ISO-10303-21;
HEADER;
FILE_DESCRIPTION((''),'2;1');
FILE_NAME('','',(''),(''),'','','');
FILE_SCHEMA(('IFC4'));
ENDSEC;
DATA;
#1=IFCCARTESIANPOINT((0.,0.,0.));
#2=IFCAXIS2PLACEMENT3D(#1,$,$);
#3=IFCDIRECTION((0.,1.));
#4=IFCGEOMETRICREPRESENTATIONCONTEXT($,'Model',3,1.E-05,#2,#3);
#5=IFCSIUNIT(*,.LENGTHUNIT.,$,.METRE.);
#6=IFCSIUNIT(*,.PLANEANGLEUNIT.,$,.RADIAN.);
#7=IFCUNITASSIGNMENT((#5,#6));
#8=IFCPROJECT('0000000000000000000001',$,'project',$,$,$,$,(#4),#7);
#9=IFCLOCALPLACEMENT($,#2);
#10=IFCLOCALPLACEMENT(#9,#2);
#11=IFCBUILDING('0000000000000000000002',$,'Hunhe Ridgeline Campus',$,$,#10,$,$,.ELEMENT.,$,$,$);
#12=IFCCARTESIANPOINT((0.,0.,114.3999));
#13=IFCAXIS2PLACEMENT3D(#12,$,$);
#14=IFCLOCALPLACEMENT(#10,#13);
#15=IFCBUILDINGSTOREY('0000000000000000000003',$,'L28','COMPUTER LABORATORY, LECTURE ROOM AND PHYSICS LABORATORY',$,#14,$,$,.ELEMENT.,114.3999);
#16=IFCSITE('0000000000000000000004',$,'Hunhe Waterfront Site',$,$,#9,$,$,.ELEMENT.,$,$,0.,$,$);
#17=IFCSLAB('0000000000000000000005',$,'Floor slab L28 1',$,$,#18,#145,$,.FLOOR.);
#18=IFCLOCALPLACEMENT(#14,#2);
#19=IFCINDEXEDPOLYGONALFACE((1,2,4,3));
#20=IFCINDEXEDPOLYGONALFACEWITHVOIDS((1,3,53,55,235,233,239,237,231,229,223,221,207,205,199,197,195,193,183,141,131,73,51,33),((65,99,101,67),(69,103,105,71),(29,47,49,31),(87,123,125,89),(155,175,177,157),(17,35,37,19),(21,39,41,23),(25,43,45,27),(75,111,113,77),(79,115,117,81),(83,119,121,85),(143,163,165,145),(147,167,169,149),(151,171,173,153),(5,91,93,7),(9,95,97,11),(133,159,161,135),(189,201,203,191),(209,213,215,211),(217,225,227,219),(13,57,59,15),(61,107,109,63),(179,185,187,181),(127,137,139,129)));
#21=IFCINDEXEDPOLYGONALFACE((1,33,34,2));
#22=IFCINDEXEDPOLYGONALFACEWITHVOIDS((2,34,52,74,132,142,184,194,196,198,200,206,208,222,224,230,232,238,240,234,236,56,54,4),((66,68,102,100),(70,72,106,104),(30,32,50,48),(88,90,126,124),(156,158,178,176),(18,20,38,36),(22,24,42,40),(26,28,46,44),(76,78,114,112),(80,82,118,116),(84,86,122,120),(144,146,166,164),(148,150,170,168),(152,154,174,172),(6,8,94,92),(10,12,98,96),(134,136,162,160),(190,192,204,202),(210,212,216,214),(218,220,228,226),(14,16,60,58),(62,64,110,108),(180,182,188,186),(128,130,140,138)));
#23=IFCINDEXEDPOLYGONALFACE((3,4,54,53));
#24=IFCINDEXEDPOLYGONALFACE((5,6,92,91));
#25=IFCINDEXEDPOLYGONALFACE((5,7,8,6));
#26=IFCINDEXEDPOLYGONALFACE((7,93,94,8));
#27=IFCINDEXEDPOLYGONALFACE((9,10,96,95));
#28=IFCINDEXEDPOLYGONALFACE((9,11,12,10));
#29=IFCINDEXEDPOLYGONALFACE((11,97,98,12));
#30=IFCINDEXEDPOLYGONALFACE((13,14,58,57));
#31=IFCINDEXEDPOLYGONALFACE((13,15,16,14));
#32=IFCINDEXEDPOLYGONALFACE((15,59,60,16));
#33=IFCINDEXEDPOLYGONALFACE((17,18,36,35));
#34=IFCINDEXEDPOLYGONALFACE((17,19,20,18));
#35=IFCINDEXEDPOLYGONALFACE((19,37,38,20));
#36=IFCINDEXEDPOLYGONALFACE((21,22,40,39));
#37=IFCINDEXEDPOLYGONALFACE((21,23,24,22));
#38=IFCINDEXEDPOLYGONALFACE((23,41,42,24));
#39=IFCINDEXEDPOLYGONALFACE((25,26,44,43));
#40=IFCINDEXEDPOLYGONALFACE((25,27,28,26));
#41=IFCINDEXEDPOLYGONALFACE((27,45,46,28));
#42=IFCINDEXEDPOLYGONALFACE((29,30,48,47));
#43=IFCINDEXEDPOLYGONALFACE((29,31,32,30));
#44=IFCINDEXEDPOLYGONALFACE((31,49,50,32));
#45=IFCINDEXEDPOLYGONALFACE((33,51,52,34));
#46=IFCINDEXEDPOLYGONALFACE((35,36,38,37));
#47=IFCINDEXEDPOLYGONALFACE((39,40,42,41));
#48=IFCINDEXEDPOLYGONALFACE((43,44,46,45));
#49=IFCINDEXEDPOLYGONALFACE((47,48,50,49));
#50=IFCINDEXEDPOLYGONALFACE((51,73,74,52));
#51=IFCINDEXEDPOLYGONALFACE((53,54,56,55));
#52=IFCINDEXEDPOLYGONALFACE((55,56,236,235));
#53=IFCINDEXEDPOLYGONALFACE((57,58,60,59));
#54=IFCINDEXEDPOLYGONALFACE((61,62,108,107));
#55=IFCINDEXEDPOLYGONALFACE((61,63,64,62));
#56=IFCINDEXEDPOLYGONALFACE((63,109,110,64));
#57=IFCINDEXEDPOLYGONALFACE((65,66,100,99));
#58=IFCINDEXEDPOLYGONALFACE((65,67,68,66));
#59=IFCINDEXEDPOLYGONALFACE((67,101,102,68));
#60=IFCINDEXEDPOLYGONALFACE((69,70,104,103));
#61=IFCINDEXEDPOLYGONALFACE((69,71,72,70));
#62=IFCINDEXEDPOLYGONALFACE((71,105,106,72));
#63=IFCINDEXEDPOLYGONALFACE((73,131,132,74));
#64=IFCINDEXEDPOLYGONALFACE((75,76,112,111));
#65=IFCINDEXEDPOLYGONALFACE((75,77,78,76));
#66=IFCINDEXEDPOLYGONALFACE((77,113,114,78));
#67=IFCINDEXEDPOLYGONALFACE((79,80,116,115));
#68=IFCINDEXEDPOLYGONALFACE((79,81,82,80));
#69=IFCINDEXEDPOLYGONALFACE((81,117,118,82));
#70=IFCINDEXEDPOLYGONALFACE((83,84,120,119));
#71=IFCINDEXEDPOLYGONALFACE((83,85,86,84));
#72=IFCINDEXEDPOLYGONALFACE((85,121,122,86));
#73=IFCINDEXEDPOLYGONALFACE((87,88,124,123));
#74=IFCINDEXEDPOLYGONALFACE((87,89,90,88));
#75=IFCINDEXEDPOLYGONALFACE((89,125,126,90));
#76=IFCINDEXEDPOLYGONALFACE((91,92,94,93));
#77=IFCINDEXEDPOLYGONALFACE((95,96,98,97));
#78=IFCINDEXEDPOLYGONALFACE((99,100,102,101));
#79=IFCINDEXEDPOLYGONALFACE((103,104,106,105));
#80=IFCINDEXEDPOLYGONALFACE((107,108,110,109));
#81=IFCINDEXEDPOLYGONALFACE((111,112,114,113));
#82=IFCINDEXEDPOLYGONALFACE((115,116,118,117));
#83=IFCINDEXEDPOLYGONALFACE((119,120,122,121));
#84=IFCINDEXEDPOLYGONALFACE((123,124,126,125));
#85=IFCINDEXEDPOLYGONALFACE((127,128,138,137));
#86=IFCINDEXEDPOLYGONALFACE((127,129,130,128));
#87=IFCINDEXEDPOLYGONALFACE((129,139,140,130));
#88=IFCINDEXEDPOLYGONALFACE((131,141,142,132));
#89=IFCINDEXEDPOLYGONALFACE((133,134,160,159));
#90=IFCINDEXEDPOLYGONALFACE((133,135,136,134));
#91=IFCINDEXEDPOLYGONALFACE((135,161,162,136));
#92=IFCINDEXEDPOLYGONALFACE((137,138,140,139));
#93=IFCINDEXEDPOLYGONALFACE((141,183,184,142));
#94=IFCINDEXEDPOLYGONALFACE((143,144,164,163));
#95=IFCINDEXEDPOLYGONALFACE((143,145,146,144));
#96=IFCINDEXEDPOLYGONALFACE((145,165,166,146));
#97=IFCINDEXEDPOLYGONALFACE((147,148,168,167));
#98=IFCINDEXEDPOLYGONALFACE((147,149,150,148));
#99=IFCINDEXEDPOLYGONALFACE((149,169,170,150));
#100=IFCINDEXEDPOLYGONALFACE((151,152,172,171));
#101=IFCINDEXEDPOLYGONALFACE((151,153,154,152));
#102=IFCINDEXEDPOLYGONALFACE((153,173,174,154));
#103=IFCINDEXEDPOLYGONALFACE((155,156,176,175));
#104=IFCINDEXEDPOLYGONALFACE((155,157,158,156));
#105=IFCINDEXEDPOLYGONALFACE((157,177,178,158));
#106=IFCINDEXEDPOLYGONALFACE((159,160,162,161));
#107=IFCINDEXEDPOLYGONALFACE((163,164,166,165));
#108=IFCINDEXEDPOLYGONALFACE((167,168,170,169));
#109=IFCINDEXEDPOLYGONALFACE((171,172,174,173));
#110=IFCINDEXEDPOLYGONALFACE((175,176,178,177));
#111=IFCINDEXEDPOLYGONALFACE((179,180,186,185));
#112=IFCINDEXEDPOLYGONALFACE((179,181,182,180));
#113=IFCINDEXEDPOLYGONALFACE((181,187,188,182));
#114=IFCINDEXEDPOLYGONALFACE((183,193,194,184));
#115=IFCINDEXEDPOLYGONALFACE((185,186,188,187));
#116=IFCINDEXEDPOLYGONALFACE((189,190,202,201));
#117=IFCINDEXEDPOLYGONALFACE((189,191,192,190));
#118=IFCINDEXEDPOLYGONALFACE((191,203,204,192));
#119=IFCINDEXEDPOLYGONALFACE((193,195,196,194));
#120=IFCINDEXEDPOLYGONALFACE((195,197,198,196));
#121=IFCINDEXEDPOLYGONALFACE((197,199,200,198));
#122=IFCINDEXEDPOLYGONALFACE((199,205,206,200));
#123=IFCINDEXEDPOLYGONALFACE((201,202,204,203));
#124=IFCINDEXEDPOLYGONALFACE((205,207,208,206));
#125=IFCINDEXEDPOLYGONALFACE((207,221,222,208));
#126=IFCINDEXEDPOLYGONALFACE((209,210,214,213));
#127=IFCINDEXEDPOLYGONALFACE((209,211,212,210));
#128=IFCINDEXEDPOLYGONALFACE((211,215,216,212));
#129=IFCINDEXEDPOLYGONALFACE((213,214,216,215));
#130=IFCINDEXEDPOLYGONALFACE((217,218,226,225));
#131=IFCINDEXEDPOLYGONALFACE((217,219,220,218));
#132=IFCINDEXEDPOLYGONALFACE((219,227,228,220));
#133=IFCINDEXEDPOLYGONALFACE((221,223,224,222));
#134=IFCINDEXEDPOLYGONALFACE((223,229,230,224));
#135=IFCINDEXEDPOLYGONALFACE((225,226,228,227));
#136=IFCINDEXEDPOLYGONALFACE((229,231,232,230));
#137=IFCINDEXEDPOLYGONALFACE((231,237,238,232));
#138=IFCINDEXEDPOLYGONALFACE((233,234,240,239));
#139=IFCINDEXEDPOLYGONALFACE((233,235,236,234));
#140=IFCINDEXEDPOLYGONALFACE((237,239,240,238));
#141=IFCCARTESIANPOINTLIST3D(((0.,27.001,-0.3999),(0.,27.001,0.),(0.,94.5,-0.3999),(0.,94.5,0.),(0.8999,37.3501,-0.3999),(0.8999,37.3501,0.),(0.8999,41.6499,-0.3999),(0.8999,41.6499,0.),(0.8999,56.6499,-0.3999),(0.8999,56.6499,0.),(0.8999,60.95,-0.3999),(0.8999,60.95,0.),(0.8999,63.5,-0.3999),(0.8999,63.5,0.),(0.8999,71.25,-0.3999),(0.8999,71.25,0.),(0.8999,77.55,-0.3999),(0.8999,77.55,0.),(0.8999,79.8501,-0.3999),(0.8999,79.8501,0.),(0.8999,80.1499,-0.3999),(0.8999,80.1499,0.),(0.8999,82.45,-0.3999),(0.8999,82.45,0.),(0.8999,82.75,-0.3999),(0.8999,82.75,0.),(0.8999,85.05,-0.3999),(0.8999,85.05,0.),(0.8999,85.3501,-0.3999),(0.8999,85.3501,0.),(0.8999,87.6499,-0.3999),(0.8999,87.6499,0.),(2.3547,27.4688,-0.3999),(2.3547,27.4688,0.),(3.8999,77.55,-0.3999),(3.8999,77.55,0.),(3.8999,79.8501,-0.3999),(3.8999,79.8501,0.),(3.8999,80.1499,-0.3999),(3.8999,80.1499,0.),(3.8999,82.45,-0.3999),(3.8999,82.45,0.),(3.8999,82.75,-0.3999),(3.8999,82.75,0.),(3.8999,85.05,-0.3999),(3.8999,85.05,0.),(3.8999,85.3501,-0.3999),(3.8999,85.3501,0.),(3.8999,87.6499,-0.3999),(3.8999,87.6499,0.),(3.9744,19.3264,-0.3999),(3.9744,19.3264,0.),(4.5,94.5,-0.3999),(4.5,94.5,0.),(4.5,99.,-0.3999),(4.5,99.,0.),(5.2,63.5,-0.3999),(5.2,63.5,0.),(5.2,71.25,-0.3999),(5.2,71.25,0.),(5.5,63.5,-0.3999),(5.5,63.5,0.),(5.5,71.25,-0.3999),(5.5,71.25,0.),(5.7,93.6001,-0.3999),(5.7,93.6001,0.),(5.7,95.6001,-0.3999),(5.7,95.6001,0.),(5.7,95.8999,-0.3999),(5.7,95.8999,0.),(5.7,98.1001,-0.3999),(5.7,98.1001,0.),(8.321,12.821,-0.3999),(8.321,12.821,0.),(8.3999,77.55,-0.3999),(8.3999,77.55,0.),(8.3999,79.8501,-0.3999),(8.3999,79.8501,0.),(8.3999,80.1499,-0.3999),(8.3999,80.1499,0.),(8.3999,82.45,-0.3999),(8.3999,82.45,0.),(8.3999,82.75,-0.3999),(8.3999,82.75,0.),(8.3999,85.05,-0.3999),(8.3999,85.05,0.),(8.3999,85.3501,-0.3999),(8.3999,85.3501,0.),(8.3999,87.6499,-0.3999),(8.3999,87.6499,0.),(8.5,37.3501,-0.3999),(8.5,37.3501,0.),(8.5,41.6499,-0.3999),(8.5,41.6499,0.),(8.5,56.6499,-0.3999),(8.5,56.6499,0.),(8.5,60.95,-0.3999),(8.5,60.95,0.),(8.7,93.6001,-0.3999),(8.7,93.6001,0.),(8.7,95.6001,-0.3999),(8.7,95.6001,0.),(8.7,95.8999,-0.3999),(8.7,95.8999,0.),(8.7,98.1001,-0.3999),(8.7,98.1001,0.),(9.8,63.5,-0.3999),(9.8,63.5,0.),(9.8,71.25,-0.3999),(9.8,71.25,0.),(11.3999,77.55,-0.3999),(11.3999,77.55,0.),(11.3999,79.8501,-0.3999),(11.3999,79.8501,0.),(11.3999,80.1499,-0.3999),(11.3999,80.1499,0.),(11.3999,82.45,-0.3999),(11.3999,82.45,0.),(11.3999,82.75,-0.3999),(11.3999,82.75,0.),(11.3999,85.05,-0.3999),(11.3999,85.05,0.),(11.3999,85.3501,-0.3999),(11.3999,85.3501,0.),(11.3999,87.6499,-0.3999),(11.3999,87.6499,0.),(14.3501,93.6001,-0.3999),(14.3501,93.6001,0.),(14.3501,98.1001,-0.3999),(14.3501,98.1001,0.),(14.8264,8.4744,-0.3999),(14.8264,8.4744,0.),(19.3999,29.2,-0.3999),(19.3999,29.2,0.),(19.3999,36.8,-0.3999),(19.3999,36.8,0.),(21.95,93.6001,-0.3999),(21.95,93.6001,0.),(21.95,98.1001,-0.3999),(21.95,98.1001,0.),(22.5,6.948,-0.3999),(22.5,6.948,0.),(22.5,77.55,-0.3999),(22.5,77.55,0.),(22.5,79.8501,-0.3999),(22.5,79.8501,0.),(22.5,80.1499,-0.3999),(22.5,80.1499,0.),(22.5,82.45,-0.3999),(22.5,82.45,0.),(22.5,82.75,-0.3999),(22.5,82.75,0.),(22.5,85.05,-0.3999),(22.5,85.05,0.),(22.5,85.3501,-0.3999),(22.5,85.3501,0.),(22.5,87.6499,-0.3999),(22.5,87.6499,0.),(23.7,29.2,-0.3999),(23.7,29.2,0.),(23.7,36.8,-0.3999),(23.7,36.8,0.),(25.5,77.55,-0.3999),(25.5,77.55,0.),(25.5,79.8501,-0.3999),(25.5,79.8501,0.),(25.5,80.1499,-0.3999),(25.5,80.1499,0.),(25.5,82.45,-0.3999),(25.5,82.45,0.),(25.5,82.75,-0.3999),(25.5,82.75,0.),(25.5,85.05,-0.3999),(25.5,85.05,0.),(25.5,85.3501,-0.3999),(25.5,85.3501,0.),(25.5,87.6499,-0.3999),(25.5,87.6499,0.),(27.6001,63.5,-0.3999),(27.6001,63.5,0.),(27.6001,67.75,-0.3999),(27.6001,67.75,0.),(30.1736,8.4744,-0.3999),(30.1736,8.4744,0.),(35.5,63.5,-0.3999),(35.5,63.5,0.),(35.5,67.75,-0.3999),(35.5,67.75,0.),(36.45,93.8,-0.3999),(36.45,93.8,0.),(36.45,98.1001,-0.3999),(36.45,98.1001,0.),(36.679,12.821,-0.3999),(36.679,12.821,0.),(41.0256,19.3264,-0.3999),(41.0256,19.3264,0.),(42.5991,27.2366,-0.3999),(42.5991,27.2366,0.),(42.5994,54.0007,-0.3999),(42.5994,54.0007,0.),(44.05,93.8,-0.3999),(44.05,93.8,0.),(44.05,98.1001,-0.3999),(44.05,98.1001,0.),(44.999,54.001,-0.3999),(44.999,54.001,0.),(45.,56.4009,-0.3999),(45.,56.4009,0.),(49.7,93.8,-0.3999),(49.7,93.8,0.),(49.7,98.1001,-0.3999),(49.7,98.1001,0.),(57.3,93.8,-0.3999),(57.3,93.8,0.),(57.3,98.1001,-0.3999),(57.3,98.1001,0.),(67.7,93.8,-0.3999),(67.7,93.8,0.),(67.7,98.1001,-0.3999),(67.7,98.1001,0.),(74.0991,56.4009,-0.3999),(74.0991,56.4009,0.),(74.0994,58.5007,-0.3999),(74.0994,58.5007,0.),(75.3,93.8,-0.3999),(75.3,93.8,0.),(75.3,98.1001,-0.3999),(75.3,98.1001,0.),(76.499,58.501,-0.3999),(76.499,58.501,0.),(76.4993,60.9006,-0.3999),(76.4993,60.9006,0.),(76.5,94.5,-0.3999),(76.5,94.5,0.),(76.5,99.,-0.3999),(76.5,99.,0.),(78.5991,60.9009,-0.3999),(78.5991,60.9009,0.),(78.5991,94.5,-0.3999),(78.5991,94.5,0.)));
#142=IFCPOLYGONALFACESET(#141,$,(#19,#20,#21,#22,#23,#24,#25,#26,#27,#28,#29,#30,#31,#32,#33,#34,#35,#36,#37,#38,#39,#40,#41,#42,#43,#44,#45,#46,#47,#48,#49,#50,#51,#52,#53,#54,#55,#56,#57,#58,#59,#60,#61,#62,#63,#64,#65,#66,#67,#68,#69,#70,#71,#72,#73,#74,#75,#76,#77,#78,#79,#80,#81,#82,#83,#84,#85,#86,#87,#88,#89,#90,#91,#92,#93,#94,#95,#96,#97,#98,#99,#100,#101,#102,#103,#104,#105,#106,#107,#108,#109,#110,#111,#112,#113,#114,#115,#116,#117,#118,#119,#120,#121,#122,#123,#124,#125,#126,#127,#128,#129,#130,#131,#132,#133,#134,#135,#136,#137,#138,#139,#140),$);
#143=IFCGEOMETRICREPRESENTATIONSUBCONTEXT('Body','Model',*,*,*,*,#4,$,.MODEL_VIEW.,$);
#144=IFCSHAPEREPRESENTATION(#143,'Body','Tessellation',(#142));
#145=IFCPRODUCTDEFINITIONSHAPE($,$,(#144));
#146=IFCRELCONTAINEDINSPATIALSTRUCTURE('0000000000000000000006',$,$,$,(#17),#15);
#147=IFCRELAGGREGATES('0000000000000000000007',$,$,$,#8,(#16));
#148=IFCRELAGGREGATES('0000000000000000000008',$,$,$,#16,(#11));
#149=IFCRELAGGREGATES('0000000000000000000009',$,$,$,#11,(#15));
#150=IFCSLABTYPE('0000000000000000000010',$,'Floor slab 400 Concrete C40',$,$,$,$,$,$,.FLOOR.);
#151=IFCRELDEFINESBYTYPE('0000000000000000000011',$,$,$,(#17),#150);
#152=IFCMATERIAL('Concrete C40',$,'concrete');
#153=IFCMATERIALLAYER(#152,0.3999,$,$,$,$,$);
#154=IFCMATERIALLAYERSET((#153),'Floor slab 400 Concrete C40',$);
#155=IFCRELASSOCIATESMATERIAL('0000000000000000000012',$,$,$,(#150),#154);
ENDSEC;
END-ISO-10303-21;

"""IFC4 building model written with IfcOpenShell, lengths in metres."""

from ifc_helpers import new_model, si_unit, direction, frame, origin, place, context, subcontext, project, spatial, polyline, outline, extrude, material, layer, layer_set, type_object, element, save


model = new_model("IFC4")

# Units and contexts
model_context = context("Model", 3, precision=1e-05, world=origin(), true_north=direction((0.0, 1.0)))
body_context = subcontext(model_context, "Body", "Model", "MODEL_VIEW")
ifc_project = project(units=[si_unit("LENGTHUNIT", "METRE"), si_unit("PLANEANGLEUNIT", "RADIAN")], contexts=[model_context])

# Site, building, storey
site_placement = place(None, origin())
site = spatial("IfcSite", under=ifc_project, at=site_placement, Name="Hunhe Waterfront Site", CompositionType="ELEMENT", RefElevation=0.0)
building_placement = place(site_placement, origin())
building = spatial("IfcBuilding", under=site, at=building_placement, Name="Hunhe Ridgeline Campus", CompositionType="ELEMENT")
storey_placement = place(building_placement, frame((0.0, 0.0, 114.3999)))
storey = spatial("IfcBuildingStorey", under=building, at=storey_placement, Name="L28", Description="COMPUTER LABORATORY, LECTURE ROOM AND PHYSICS LABORATORY", CompositionType="ELEMENT", Elevation=114.3999)

# Slab
ifc_material_1 = material(Name="Concrete C40", Category="concrete")
ifc_layer_1 = layer(ifc_material_1, 0.3999)
ifc_layer_set_1 = layer_set([ifc_layer_1], Name="Floor slab 400 Concrete C40")
slab_type_1 = type_object("IfcSlabType", Name="Floor slab 400 Concrete C40", PredefinedType="FLOOR", material=ifc_layer_set_1)
slab_1_placement = place(storey_placement, frame((0.0, 0.0, -0.3999)))
element("IfcSlab", 1, at=slab_1_placement, inside=storey, type_object=slab_type_1, Name="Floor slab L28 1", PredefinedType="FLOOR", context=body_context, shape_type="SweptSolid", body=[
    extrude(outline(polyline([(0.0, 27.001), (2.3547, 27.4688), (3.9744, 19.3264), (8.321, 12.821), (14.8264, 8.4744), (22.5, 6.948), (30.1736, 8.4744), (36.679, 12.821), (41.0256, 19.3264), (42.5991, 27.2366), (42.5994, 54.0007), (44.999, 54.001), (45.0, 56.4009), (74.0991, 56.4009), (74.0994, 58.5007), (76.499, 58.501), (76.4993, 60.9006), (78.5991, 60.9009), (78.5991, 94.5), (76.5, 94.5), (76.5, 99.0), (4.5, 99.0), (4.5, 94.5), (0.0, 94.5), (0.0, 27.001)]), holes=[polyline([(67.7, 93.8), (75.3, 93.8), (75.3, 98.1001), (67.7, 98.1001), (67.7, 93.8)]), polyline([(57.3, 93.8), (57.3, 98.1001), (49.7, 98.1001), (49.7, 93.8), (57.3, 93.8)]), polyline([(44.05, 98.1001), (36.45, 98.1001), (36.45, 93.8), (44.05, 93.8), (44.05, 98.1001)]), polyline([(27.6001, 67.75), (27.6001, 63.5), (35.5, 63.5), (35.5, 67.75), (27.6001, 67.75)]), polyline([(25.5, 85.3501), (25.5, 87.6499), (22.5, 87.6499), (22.5, 85.3501), (25.5, 85.3501)]), polyline([(25.5, 85.05), (22.5, 85.05), (22.5, 82.75), (25.5, 82.75), (25.5, 85.05)]), polyline([(22.5, 82.45), (22.5, 80.1499), (25.5, 80.1499), (25.5, 82.45), (22.5, 82.45)]), polyline([(22.5, 77.55), (25.5, 77.55), (25.5, 79.8501), (22.5, 79.8501), (22.5, 77.55)]), polyline([(19.3999, 29.2), (23.7, 29.2), (23.7, 36.8), (19.3999, 36.8), (19.3999, 29.2)]), polyline([(21.95, 98.1001), (14.3501, 98.1001), (14.3501, 93.6001), (21.95, 93.6001), (21.95, 98.1001)]), polyline([(8.3999, 82.45), (8.3999, 80.1499), (11.3999, 80.1499), (11.3999, 82.45), (8.3999, 82.45)]), polyline([(11.3999, 85.3501), (11.3999, 87.6499), (8.3999, 87.6499), (8.3999, 85.3501), (11.3999, 85.3501)]), polyline([(11.3999, 85.05), (8.3999, 85.05), (8.3999, 82.75), (11.3999, 82.75), (11.3999, 85.05)]), polyline([(8.3999, 77.55), (11.3999, 77.55), (11.3999, 79.8501), (8.3999, 79.8501), (8.3999, 77.55)]), polyline([(5.5, 63.5), (9.8, 63.5), (9.8, 71.25), (5.5, 71.25), (5.5, 63.5)]), polyline([(5.7, 98.1001), (5.7, 95.8999), (8.7, 95.8999), (8.7, 98.1001), (5.7, 98.1001)]), polyline([(5.7, 93.6001), (8.7, 93.6001), (8.7, 95.6001), (5.7, 95.6001), (5.7, 93.6001)]), polyline([(0.8999, 60.95), (0.8999, 56.6499), (8.5, 56.6499), (8.5, 60.95), (0.8999, 60.95)]), polyline([(0.8999, 37.3501), (8.5, 37.3501), (8.5, 41.6499), (0.8999, 41.6499), (0.8999, 37.3501)]), polyline([(5.2, 63.5), (5.2, 71.25), (0.8999, 71.25), (0.8999, 63.5), (5.2, 63.5)]), polyline([(3.8999, 85.3501), (3.8999, 87.6499), (0.8999, 87.6499), (0.8999, 85.3501), (3.8999, 85.3501)]), polyline([(3.8999, 85.05), (0.8999, 85.05), (0.8999, 82.75), (3.8999, 82.75), (3.8999, 85.05)]), polyline([(0.8999, 82.45), (0.8999, 80.1499), (3.8999, 80.1499), (3.8999, 82.45), (0.8999, 82.45)]), polyline([(0.8999, 77.55), (3.8999, 77.55), (3.8999, 79.8501), (0.8999, 79.8501), (0.8999, 77.55)])]), origin(), (0.0, 0.0, 1.0), 0.3999),
])

save(model, "model.ifc")
